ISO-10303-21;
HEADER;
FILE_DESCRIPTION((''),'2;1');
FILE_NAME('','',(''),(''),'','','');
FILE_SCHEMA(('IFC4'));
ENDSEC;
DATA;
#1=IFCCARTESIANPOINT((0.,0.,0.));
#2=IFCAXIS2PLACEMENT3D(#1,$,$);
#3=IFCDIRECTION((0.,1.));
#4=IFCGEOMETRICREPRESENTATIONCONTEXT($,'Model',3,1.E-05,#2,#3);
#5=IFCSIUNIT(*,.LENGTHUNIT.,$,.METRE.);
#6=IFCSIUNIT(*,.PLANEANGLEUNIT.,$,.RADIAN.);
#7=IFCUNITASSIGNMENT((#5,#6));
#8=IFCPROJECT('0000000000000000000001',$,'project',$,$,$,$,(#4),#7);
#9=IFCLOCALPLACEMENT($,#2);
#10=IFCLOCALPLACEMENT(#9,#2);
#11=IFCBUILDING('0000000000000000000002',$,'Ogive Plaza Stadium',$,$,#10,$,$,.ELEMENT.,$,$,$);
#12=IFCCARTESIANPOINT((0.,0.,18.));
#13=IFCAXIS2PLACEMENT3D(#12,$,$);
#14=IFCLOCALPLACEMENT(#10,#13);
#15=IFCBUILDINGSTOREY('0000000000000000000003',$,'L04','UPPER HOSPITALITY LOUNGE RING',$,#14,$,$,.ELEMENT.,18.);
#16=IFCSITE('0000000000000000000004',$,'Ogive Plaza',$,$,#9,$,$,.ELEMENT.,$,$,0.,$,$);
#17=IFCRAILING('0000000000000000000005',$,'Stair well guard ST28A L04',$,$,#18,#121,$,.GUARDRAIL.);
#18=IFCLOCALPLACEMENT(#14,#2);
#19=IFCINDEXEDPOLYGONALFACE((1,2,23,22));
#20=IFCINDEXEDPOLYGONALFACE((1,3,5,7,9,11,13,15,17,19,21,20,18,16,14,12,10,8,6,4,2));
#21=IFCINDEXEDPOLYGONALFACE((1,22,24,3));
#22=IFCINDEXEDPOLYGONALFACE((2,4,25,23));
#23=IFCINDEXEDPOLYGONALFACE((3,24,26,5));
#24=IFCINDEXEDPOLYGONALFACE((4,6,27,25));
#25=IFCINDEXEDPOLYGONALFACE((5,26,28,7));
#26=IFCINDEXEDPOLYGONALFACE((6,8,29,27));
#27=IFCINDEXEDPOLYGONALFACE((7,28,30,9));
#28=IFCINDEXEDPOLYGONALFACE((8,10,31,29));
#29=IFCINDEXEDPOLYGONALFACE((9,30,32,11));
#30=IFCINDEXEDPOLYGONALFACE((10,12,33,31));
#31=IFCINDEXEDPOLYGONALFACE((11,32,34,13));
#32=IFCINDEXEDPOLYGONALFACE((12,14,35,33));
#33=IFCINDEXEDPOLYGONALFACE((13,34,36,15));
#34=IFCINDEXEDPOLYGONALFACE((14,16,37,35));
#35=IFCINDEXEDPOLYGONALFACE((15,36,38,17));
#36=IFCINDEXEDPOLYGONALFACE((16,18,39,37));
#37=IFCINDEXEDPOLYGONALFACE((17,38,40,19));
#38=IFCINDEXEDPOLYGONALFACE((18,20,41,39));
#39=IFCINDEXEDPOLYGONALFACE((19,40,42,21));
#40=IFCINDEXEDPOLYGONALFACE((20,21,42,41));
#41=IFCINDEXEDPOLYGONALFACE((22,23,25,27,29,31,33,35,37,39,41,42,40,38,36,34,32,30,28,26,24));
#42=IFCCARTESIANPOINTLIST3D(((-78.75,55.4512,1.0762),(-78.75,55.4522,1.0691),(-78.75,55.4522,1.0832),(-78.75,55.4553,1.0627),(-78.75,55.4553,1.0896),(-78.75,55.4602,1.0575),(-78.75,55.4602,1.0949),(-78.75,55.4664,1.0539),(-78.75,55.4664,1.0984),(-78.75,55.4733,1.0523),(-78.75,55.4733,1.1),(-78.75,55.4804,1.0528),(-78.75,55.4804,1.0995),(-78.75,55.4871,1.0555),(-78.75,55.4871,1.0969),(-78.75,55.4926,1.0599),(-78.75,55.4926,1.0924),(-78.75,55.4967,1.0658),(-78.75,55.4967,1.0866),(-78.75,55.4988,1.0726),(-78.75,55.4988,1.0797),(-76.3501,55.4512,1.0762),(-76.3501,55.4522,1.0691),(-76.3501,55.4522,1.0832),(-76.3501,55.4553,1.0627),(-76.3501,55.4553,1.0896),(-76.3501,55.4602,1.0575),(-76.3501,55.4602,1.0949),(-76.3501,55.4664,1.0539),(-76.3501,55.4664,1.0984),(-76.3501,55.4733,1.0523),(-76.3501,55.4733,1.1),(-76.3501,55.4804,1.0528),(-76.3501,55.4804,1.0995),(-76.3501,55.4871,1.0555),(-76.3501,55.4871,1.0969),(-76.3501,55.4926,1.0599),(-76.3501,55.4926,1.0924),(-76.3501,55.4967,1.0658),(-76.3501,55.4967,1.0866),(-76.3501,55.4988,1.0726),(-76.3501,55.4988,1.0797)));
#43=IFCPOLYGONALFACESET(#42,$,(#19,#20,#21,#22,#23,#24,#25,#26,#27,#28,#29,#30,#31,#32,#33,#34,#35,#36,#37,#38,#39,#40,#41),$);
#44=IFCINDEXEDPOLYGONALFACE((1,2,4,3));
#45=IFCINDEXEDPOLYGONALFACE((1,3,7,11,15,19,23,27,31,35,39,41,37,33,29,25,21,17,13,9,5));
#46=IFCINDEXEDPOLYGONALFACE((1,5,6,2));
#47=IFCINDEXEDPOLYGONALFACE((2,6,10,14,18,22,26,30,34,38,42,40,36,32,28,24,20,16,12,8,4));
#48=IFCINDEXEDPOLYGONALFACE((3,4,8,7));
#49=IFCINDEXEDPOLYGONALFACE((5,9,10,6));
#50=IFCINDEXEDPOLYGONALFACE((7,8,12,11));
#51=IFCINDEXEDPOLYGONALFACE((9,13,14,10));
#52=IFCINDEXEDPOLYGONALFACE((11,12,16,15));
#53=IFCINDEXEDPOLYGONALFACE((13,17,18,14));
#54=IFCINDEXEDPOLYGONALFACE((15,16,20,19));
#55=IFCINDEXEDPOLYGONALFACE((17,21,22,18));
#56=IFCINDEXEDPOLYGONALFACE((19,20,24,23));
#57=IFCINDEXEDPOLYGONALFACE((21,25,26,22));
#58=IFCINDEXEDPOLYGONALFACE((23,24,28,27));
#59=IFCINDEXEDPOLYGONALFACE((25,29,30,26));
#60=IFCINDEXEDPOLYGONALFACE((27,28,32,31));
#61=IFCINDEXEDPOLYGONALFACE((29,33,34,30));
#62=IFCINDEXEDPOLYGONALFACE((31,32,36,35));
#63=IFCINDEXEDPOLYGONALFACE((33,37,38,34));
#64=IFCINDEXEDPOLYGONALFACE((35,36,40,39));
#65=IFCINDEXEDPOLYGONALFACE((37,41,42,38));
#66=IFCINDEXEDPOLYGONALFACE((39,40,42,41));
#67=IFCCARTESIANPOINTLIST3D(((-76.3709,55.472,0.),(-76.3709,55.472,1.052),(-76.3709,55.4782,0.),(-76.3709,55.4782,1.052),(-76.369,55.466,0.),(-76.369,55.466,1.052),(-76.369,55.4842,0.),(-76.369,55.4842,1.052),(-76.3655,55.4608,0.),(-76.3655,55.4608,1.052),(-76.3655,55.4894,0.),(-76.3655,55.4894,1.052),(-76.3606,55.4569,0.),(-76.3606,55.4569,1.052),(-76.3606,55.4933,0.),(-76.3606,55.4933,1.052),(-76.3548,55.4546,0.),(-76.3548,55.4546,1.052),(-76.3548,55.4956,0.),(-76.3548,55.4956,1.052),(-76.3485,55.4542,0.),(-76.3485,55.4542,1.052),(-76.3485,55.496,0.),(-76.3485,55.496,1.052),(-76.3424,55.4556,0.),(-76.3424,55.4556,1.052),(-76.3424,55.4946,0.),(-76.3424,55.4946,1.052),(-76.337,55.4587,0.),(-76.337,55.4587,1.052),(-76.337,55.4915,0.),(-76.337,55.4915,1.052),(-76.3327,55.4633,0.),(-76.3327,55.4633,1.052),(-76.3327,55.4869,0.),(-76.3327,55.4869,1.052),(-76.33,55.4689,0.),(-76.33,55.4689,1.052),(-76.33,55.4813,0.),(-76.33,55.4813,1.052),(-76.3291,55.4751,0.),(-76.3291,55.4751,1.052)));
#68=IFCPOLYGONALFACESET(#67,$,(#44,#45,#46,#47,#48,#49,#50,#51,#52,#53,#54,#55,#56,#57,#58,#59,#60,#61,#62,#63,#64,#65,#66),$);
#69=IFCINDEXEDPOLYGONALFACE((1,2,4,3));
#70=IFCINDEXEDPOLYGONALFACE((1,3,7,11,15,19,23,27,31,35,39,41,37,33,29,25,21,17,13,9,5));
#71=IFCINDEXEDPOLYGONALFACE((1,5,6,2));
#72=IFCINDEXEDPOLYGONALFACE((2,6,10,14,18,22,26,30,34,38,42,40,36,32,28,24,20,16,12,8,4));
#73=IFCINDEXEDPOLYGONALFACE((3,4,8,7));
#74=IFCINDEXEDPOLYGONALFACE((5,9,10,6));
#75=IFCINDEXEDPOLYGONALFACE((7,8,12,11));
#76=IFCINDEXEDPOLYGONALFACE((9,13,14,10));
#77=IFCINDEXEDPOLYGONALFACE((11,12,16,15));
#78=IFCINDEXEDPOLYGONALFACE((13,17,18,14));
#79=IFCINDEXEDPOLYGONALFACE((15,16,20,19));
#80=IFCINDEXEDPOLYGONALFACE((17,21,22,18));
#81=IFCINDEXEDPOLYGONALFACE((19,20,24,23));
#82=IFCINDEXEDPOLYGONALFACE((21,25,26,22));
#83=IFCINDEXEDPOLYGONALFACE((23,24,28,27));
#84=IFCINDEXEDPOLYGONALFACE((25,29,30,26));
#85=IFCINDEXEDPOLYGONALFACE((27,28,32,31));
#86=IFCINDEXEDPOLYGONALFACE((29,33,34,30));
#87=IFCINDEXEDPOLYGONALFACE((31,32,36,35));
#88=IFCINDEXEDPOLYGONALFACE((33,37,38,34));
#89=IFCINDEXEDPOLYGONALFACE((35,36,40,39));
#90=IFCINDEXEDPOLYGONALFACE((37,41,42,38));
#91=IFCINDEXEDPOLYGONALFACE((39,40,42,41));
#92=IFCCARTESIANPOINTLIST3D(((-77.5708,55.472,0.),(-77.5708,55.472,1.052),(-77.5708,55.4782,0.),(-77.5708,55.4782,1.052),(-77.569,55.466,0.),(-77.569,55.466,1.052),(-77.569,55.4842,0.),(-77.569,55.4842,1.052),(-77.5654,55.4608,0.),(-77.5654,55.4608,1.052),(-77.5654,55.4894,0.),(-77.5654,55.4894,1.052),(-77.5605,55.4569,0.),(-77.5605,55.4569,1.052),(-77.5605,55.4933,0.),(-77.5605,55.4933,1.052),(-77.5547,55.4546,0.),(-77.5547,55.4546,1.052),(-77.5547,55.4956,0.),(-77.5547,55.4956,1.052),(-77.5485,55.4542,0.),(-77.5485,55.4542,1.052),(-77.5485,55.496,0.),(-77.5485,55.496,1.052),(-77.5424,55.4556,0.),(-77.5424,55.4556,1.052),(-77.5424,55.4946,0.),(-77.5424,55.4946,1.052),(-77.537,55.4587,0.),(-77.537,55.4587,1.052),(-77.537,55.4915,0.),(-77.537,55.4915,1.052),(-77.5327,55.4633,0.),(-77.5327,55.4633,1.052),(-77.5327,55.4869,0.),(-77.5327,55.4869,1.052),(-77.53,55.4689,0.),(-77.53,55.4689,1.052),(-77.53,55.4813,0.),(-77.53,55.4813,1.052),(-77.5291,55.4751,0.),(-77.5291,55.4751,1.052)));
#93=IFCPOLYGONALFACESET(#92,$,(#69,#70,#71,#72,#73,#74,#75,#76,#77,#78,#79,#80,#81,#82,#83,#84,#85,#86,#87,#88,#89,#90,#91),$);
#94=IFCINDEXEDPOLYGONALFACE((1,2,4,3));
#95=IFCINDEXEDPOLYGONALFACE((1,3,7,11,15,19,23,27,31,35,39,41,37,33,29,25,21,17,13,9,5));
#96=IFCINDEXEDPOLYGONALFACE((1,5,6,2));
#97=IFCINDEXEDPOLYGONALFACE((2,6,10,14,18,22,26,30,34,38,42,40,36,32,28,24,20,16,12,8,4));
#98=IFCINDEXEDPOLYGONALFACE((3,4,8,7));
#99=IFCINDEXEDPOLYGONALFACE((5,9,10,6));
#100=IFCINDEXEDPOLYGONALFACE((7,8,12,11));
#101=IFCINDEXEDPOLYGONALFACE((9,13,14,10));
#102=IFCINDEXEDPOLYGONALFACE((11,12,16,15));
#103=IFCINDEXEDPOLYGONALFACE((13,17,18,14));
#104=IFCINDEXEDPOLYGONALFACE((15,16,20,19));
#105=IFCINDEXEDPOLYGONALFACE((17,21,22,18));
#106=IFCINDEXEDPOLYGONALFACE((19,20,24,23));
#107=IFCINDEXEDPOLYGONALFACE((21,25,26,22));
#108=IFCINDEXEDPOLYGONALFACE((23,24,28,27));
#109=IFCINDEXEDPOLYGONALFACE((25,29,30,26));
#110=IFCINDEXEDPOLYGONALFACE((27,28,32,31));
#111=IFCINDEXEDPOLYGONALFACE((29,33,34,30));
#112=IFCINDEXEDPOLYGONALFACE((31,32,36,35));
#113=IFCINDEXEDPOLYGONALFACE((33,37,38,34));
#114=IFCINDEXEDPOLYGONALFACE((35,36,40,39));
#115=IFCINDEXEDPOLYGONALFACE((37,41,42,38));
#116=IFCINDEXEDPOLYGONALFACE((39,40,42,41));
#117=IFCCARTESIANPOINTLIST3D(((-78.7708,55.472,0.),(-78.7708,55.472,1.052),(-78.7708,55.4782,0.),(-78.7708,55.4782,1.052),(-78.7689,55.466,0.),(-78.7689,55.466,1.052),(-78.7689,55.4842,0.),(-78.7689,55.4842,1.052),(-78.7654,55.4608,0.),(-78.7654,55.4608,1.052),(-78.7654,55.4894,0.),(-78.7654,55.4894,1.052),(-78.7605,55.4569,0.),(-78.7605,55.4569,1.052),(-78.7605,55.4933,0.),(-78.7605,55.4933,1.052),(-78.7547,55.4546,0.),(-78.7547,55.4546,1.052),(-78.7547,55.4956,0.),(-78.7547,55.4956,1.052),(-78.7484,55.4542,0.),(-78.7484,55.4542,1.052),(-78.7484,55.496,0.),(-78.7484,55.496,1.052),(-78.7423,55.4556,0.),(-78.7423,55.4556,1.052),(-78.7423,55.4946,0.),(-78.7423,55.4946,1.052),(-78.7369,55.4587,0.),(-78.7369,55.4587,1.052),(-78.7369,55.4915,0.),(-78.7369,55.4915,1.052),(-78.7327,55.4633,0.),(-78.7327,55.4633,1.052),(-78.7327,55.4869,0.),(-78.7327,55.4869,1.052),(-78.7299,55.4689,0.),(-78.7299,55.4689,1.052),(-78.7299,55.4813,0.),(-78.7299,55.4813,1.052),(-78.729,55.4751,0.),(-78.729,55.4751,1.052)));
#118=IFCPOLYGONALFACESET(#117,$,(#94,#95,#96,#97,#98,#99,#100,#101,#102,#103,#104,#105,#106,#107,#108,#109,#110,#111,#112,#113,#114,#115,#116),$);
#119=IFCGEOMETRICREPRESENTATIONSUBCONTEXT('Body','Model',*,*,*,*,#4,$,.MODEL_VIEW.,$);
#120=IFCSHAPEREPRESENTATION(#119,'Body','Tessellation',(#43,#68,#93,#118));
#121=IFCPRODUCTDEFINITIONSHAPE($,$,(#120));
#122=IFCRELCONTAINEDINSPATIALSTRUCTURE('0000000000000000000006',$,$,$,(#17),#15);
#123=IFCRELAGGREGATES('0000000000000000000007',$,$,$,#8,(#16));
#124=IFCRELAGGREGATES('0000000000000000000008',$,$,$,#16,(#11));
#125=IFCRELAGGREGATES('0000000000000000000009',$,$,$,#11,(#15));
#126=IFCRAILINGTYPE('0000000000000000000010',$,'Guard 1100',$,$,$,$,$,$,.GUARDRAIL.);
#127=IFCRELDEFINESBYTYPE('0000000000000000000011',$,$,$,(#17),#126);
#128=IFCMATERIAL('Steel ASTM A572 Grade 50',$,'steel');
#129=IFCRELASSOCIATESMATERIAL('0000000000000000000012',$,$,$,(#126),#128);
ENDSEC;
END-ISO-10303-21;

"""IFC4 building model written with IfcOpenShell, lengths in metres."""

from ifc_helpers import new_model, si_unit, direction, frame, origin, origin_2d, place, context, subcontext, project, spatial, circle, extrude, material, type_object, element, save


model = new_model("IFC4")

# Units and contexts
model_context = context("Model", 3, precision=1e-05, world=origin(), true_north=direction((0.0, 1.0)))
body_context = subcontext(model_context, "Body", "Model", "MODEL_VIEW")
ifc_project = project(units=[si_unit("LENGTHUNIT", "METRE"), si_unit("PLANEANGLEUNIT", "RADIAN")], contexts=[model_context])

# Site, building, storey
site_placement = place(None, origin())
site = spatial("IfcSite", under=ifc_project, at=site_placement, Name="Ogive Plaza", CompositionType="ELEMENT", RefElevation=0.0)
building_placement = place(site_placement, origin())
building = spatial("IfcBuilding", under=site, at=building_placement, Name="Ogive Plaza Stadium", CompositionType="ELEMENT")
storey_placement = place(building_placement, frame((0.0, 0.0, 18.0)))
storey = spatial("IfcBuildingStorey", under=building, at=storey_placement, Name="L04", Description="UPPER HOSPITALITY LOUNGE RING", CompositionType="ELEMENT", Elevation=18.0)

# Railing
ifc_material_1 = material(Name="Steel ASTM A572 Grade 50", Category="steel")
railing_type_1 = type_object("IfcRailingType", Name="Guard 1100", PredefinedType="GUARDRAIL", material=ifc_material_1)
railing_1_placement = place(storey_placement, frame((-76.3501, 55.4751, 0.0)))
element("IfcRailing", 1, at=railing_1_placement, inside=storey, type_object=railing_type_1, Name="Stair well guard ST28A L04", PredefinedType="GUARDRAIL", context=body_context, shape_type="SweptSolid", body=[
    extrude(circle(Radius=0.0239, at=origin_2d()), frame((0.0, 0.0, 1.0762), z_axis=(-1.0, 0.0, 0.0), x_axis=(0.0, -1.0, 0.0)), (0.0, 0.0, 1.0), 2.3999),
    extrude(circle(Radius=0.021, at=origin_2d()), origin(), (0.0, 0.0, 1.0), 1.052),
    extrude(circle(Radius=0.021, at=origin_2d()), frame((-1.2, 0.0, 0.0)), (0.0, 0.0, 1.0), 1.052),
    extrude(circle(Radius=0.021, at=origin_2d()), frame((-2.3999, 0.0, 0.0)), (0.0, 0.0, 1.0), 1.052),
])

save(model, "model.ifc")
